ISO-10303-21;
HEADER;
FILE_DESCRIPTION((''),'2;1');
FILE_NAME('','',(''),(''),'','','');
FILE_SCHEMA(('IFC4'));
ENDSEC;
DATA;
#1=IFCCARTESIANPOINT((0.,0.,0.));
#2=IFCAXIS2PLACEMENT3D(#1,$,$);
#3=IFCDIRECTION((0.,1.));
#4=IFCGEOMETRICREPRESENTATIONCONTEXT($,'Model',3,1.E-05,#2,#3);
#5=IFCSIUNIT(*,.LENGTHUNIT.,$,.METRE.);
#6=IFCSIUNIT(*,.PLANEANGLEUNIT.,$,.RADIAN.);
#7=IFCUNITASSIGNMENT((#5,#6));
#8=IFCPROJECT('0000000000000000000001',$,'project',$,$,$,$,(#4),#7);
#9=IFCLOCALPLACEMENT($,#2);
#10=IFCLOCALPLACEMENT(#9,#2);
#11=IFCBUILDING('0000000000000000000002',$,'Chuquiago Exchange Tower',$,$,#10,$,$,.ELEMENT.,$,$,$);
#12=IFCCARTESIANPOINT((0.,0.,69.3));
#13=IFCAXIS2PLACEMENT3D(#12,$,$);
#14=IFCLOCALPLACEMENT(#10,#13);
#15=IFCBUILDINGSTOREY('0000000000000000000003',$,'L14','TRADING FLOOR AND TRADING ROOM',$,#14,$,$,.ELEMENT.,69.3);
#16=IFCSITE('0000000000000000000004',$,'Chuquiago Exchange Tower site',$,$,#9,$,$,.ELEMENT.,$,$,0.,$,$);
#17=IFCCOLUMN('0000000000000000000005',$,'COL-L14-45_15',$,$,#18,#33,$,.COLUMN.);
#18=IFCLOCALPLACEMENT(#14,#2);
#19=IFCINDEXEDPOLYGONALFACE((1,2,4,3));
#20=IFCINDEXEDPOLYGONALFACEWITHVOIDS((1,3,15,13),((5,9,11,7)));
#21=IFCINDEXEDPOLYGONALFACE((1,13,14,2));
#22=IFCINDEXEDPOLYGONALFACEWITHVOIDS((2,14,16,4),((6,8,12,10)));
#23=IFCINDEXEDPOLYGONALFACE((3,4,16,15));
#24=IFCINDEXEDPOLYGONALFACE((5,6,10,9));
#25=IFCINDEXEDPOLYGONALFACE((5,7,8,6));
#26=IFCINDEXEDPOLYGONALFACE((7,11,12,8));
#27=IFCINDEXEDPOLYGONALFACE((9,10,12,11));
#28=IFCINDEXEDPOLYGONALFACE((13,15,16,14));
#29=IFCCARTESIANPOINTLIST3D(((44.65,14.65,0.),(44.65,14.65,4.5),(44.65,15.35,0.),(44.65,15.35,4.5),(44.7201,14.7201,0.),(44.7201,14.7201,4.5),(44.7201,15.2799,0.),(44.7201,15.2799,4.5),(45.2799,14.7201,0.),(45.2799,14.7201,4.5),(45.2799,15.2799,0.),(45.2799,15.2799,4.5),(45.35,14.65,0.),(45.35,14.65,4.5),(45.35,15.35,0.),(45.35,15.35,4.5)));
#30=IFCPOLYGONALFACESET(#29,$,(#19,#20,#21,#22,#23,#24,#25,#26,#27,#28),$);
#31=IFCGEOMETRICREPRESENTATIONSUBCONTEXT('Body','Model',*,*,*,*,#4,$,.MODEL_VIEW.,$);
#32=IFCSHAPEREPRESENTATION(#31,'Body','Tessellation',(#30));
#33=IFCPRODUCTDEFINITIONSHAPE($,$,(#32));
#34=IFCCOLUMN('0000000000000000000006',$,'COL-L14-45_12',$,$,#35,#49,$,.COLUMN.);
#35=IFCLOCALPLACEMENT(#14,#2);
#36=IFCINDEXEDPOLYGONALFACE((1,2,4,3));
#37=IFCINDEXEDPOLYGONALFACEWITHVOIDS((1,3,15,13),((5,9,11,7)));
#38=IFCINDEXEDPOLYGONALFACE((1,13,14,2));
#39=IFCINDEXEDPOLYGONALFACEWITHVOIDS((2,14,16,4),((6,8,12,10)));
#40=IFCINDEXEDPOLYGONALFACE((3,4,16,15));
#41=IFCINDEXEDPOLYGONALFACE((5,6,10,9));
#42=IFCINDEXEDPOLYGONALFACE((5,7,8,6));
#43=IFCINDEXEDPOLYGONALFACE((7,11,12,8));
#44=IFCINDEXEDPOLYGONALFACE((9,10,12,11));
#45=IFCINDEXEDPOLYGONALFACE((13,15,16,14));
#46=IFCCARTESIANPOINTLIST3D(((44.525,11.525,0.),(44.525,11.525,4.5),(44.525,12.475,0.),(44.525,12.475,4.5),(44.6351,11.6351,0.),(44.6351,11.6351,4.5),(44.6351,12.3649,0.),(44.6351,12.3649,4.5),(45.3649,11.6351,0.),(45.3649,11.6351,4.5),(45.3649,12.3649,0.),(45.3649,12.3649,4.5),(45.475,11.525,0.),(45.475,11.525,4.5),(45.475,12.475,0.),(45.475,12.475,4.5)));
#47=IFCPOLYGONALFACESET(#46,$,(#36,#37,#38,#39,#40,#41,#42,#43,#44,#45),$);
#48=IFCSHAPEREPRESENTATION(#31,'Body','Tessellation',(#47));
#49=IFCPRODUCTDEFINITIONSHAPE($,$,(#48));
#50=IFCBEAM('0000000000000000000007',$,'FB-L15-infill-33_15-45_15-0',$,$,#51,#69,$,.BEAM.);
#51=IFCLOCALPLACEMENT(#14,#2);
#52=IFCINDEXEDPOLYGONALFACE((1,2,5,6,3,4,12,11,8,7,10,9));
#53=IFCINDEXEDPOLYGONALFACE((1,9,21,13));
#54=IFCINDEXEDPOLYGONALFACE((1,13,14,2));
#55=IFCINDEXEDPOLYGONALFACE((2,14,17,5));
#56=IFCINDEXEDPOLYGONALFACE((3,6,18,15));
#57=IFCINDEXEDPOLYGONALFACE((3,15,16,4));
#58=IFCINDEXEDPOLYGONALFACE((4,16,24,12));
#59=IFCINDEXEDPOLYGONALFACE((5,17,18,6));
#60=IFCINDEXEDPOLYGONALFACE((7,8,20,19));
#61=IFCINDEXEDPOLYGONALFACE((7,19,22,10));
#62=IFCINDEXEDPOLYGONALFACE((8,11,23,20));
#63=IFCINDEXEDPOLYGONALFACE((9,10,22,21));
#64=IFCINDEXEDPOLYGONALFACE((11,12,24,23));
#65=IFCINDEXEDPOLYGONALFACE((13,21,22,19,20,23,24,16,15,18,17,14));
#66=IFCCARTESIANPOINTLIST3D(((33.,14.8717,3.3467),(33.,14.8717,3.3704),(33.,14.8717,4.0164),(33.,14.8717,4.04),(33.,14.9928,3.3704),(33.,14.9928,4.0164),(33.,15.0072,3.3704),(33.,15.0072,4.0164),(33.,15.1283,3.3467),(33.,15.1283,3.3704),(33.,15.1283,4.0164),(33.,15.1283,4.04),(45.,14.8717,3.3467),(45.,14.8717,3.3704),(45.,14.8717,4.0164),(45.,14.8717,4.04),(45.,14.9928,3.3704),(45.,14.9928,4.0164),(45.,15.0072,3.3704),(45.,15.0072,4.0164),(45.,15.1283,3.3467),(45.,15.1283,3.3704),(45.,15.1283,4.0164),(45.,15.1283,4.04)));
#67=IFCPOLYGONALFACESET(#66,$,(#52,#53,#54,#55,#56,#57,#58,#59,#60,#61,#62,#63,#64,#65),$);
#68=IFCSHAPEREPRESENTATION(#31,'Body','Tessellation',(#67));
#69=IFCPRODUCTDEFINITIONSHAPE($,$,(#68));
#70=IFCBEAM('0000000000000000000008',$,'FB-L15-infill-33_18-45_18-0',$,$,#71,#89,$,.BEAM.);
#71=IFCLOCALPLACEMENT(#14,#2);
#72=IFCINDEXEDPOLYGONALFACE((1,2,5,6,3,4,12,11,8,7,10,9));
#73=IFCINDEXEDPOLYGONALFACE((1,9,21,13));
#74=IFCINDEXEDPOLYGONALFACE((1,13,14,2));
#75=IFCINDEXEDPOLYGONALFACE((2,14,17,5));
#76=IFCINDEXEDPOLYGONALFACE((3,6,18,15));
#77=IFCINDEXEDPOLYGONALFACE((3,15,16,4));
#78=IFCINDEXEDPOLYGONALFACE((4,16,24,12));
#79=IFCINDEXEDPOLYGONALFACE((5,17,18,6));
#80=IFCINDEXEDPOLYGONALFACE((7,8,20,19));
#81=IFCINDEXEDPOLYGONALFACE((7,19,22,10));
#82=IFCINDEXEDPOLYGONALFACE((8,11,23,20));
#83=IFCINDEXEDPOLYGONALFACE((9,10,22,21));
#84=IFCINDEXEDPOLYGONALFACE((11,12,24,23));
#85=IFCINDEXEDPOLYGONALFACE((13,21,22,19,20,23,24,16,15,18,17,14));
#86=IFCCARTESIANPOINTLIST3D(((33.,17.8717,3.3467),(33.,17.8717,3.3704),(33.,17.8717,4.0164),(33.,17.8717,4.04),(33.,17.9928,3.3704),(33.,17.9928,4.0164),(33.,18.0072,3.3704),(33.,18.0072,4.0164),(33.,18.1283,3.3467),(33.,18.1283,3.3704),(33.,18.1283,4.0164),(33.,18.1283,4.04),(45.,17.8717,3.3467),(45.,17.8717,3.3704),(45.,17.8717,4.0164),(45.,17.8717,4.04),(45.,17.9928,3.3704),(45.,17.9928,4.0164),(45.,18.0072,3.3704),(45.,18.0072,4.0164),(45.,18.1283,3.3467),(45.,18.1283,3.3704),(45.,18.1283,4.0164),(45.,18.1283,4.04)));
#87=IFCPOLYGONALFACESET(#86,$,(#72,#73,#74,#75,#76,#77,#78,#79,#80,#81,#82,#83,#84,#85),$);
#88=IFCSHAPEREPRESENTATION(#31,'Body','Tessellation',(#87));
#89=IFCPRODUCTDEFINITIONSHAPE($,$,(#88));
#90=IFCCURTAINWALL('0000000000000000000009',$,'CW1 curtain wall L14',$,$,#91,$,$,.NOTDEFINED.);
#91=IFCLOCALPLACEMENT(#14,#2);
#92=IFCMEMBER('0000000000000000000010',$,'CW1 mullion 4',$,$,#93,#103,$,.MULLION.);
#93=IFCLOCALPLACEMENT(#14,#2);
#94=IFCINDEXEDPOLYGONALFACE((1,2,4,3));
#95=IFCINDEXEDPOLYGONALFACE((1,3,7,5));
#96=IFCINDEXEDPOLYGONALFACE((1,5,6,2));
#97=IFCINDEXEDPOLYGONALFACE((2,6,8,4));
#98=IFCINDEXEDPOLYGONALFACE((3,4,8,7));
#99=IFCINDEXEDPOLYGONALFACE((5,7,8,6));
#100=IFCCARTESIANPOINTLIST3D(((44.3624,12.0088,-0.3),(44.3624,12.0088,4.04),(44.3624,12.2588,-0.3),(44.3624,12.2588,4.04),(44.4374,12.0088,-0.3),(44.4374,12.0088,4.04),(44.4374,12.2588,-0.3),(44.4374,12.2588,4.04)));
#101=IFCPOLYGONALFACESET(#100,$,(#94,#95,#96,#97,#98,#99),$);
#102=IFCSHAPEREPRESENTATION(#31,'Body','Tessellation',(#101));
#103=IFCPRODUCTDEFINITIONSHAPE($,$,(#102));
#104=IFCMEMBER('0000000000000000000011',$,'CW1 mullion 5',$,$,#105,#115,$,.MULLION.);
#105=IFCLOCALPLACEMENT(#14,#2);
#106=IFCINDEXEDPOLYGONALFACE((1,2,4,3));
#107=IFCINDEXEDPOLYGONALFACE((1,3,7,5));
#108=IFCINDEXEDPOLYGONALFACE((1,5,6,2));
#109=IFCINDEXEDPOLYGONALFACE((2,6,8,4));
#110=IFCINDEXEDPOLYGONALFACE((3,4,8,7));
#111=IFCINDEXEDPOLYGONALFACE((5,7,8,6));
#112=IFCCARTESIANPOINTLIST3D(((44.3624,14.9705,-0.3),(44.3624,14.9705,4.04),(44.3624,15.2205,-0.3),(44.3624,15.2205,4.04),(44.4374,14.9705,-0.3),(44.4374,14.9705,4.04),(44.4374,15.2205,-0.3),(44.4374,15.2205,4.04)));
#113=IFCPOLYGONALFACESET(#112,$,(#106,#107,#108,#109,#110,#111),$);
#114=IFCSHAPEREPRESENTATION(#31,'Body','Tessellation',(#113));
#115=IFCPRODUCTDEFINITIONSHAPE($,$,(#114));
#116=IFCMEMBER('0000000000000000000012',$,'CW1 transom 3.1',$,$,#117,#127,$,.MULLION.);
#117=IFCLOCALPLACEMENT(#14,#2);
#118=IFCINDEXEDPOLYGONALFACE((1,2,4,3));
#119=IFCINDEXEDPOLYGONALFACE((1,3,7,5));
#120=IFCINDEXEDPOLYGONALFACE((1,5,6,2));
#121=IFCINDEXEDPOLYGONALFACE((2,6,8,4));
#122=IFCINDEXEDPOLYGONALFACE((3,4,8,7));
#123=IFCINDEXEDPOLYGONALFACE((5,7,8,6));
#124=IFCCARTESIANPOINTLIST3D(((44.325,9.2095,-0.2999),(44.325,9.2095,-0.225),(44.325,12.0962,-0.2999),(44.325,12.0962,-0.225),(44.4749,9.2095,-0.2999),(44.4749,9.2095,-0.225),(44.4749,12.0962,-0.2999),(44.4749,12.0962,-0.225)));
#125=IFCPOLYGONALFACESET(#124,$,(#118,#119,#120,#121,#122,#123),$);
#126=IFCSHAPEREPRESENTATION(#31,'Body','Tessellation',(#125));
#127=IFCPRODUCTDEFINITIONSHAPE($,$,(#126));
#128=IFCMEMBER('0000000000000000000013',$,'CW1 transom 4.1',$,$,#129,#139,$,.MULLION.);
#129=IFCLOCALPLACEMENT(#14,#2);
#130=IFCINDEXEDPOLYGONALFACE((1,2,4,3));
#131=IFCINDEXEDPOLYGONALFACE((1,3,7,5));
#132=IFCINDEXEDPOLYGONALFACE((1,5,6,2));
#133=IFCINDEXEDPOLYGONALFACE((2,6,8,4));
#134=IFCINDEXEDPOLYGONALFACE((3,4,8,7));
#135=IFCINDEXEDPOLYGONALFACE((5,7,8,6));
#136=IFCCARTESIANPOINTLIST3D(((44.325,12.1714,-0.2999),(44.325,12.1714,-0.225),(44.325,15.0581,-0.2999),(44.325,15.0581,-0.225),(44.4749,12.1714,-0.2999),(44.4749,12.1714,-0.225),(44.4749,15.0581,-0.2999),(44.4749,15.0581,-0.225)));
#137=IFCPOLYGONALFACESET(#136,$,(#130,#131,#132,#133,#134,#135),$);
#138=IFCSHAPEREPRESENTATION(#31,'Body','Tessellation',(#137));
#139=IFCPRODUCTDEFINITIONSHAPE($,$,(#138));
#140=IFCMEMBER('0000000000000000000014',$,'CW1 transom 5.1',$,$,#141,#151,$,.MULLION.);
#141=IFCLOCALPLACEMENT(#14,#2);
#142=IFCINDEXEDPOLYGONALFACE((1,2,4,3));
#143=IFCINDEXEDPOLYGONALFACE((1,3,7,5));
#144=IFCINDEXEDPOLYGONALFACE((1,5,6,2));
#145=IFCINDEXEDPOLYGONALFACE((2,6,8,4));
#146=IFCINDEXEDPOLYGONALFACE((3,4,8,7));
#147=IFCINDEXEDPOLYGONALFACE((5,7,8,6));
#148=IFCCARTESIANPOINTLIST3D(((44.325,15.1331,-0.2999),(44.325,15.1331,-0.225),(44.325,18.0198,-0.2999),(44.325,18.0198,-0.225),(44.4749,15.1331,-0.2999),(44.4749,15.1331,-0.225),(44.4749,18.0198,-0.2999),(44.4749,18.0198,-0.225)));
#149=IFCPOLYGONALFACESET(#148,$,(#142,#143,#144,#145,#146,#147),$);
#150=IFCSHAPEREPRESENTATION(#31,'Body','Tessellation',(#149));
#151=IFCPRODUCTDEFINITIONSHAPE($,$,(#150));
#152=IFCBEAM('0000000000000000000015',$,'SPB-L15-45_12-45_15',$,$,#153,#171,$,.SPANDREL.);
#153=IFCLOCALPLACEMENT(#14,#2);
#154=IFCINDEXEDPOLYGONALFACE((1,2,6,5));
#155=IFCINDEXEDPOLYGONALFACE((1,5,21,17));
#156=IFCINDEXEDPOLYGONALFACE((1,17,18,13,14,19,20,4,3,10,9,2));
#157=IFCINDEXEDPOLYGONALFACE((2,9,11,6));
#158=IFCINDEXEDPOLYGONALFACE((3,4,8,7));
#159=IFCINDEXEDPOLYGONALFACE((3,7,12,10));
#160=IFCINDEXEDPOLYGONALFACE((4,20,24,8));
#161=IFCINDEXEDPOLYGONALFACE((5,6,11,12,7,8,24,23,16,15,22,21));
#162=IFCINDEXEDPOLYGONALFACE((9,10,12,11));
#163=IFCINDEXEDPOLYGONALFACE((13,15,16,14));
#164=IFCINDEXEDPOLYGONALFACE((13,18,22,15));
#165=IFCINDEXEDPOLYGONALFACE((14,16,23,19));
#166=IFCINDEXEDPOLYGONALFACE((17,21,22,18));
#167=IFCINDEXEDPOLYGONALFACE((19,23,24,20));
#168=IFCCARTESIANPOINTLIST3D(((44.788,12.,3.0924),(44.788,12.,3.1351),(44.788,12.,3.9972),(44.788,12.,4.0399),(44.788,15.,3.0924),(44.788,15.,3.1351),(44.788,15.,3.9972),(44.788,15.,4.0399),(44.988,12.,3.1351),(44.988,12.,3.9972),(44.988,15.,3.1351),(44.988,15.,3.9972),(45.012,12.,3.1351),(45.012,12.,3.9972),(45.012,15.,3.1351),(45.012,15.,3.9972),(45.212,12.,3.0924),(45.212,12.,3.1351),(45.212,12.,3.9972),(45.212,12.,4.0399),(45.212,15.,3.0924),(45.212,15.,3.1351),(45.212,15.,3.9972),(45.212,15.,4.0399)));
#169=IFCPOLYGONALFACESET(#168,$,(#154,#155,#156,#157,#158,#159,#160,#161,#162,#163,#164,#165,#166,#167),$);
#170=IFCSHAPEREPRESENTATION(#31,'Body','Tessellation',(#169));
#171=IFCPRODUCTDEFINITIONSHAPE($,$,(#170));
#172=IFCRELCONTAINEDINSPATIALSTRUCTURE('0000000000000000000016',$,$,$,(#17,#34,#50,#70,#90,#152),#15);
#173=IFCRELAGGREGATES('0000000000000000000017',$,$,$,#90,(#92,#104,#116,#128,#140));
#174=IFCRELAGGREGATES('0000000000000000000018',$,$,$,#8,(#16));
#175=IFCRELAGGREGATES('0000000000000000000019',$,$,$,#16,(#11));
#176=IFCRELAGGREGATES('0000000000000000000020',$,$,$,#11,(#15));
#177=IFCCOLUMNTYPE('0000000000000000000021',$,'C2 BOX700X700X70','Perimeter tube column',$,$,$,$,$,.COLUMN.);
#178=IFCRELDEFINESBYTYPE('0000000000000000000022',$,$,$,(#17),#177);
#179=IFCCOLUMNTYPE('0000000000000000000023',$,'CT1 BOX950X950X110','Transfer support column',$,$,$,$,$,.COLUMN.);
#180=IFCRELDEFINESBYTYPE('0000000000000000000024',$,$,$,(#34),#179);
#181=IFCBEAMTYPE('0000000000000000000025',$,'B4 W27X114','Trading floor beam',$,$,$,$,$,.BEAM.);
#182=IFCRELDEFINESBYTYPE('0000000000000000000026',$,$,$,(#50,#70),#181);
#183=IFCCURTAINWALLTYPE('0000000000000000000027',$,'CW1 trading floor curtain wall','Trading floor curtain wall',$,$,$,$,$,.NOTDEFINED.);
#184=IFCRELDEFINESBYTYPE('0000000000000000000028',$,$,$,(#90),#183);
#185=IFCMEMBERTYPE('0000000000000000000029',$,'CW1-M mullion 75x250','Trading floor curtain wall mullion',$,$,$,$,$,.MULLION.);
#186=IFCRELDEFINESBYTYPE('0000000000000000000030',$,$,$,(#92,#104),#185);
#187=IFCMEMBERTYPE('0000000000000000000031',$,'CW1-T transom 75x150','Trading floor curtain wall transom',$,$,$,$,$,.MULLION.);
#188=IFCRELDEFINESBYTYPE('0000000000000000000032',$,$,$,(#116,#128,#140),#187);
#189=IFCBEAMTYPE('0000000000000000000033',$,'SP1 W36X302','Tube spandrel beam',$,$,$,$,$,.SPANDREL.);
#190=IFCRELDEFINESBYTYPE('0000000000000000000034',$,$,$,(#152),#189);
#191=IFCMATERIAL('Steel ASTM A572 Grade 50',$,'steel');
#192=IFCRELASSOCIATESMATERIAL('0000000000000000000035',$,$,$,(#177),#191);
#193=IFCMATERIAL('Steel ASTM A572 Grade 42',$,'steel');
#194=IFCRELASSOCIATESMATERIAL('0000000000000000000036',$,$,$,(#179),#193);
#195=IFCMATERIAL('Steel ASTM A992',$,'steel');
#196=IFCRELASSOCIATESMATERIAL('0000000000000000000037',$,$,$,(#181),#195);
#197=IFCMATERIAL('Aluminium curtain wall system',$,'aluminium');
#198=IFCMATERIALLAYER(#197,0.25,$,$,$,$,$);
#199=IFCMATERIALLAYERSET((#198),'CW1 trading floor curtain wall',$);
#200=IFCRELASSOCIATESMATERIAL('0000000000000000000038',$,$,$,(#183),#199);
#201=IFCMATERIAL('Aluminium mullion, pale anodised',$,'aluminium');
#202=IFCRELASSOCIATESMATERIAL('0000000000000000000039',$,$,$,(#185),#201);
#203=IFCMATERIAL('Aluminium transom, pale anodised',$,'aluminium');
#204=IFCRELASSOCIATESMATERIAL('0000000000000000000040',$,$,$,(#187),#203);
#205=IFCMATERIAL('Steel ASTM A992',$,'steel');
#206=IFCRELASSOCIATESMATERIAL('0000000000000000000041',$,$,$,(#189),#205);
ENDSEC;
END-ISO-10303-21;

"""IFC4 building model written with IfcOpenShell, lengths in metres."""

from ifc_helpers import new_model, si_unit, direction, frame, origin, origin_2d, place, context, subcontext, project, spatial, rectangle, hollow_rectangle, i_section, extrude, material, layer, layer_set, material_profile, profile_set, type_object, element, aggregate, save


model = new_model("IFC4")

# Units and contexts
model_context = context("Model", 3, precision=1e-05, world=origin(), true_north=direction((0.0, 1.0)))
body_context = subcontext(model_context, "Body", "Model", "MODEL_VIEW")
ifc_project = project(units=[si_unit("LENGTHUNIT", "METRE"), si_unit("PLANEANGLEUNIT", "RADIAN")], contexts=[model_context])

# Site, building, storey
site_placement = place(None, origin())
site = spatial("IfcSite", under=ifc_project, at=site_placement, Name="Chuquiago Exchange Tower site", CompositionType="ELEMENT", RefElevation=0.0)
building_placement = place(site_placement, origin())
building = spatial("IfcBuilding", under=site, at=building_placement, Name="Chuquiago Exchange Tower", CompositionType="ELEMENT")
storey_placement = place(building_placement, frame((0.0, 0.0, 69.3)))
storey = spatial("IfcBuildingStorey", under=building, at=storey_placement, Name="L14", Description="TRADING FLOOR AND TRADING ROOM", CompositionType="ELEMENT", Elevation=69.3)

# Columns
ifc_material_1 = material(Name="Steel ASTM A572 Grade 50", Category="steel")
ifc_material_profile_1 = material_profile(ifc_material_1, hollow_rectangle(XDim=0.7, YDim=0.7, WallThickness=0.0701, at=origin_2d()), Name="BOX700X700X70")
ifc_profile_set_1 = profile_set([ifc_material_profile_1], Name="Steel ASTM A572 Grade 50")
column_type_1 = type_object("IfcColumnType", Name="C2 BOX700X700X70", Description="Perimeter tube column", PredefinedType="COLUMN", material=ifc_profile_set_1)
column_1_placement = place(storey_placement, frame((45.0, 15.0, 0.0), z_axis=(0.0, 0.0, 1.0), x_axis=(1.0, 0.0, 0.0)))
element("IfcColumn", 1, at=column_1_placement, inside=storey, type_object=column_type_1, Name="COL-L14-45_15", PredefinedType="COLUMN", context=body_context, shape_type="SweptSolid", body=[
    extrude(hollow_rectangle(XDim=0.7, YDim=0.7, WallThickness=0.0701, at=origin_2d()), origin(), (0.0, 0.0, 1.0), 4.5),
])
ifc_material_2 = material(Name="Steel ASTM A572 Grade 42", Category="steel")
ifc_material_profile_2 = material_profile(ifc_material_2, hollow_rectangle(XDim=0.95, YDim=0.95, WallThickness=0.1101, at=origin_2d()), Name="BOX950X950X110")
ifc_profile_set_2 = profile_set([ifc_material_profile_2], Name="Steel ASTM A572 Grade 42")
column_type_2 = type_object("IfcColumnType", Name="CT1 BOX950X950X110", Description="Transfer support column", PredefinedType="COLUMN", material=ifc_profile_set_2)
column_2_placement = place(storey_placement, frame((45.0, 12.0, 0.0), z_axis=(0.0, 0.0, 1.0), x_axis=(1.0, 0.0, 0.0)))
element("IfcColumn", 2, at=column_2_placement, inside=storey, type_object=column_type_2, Name="COL-L14-45_12", PredefinedType="COLUMN", context=body_context, shape_type="SweptSolid", body=[
    extrude(hollow_rectangle(XDim=0.95, YDim=0.95, WallThickness=0.1101, at=origin_2d()), origin(), (0.0, 0.0, 1.0), 4.5),
])

# Beams
ifc_material_3 = material(Name="Steel ASTM A992", Category="steel")
ifc_material_profile_3 = material_profile(ifc_material_3, i_section(OverallWidth=0.2566, OverallDepth=0.6934, WebThickness=0.0144, FlangeThickness=0.0237, at=origin_2d()), Name="W27X114")
ifc_profile_set_3 = profile_set([ifc_material_profile_3], Name="Steel ASTM A992")
beam_type_1 = type_object("IfcBeamType", Name="B4 W27X114", Description="Trading floor beam", PredefinedType="BEAM", material=ifc_profile_set_3)
for number, where, z_axis, x_axis, name in (
    (3, (33.0, 15.0, 3.6934), (1.0, 0.0, 0.0), (0.0, 1.0, 0.0), "FB-L15-infill-33_15-45_15-0"),
    (4, (33.0, 18.0, 3.6934), (1.0, 0.0, 0.0), (0.0, 1.0, 0.0), "FB-L15-infill-33_18-45_18-0"),
):
    element("IfcBeam", number, at=place(storey_placement, frame(where, z_axis=z_axis, x_axis=x_axis)), inside=storey, type_object=beam_type_1, Name=name, PredefinedType="BEAM", context=body_context, shape_type="SweptSolid", body=[
        extrude(i_section(OverallWidth=0.2566, OverallDepth=0.6934, WebThickness=0.0144, FlangeThickness=0.0237, at=origin_2d()), origin(), (0.0, 0.0, 1.0), 12.0),
    ])

# Curtain wall, members
ifc_material_4 = material(Name="Aluminium curtain wall system", Category="aluminium")
ifc_layer_1 = layer(ifc_material_4, 0.25)
ifc_layer_set_1 = layer_set([ifc_layer_1], Name="CW1 trading floor curtain wall")
curtain_wall_type = type_object("IfcCurtainWallType", Name="CW1 trading floor curtain wall", Description="Trading floor curtain wall", PredefinedType="NOTDEFINED", material=ifc_layer_set_1)
curtain_wall_placement = place(storey_placement, origin())
curtain_wall = element("IfcCurtainWall", 5, at=curtain_wall_placement, inside=storey, type_object=curtain_wall_type, Name="CW1 curtain wall L14", PredefinedType="NOTDEFINED")
ifc_material_5 = material(Name="Aluminium mullion, pale anodised", Category="aluminium")
ifc_material_profile_4 = material_profile(ifc_material_5, rectangle(XDim=0.075, YDim=0.25, at=origin_2d()), Name="AL 75x250")
ifc_profile_set_4 = profile_set([ifc_material_profile_4], Name="Aluminium mullion, pale anodised")
member_type_1 = type_object("IfcMemberType", Name="CW1-M mullion 75x250", Description="Trading floor curtain wall mullion", PredefinedType="MULLION", material=ifc_profile_set_4)
member_1_placement = place(storey_placement, frame((44.3999, 12.1338, -0.3), z_axis=(0.0, 0.0, 1.0), x_axis=(-1.0, 0.0, 0.0)))
member_1 = element("IfcMember", 6, at=member_1_placement, type_object=member_type_1, Name="CW1 mullion 4", PredefinedType="MULLION", context=body_context, shape_type="SweptSolid", body=[
    extrude(rectangle(XDim=0.075, YDim=0.25, at=origin_2d()), origin(), (0.0, 0.0, 1.0), 4.3401),
])
member_2_placement = place(storey_placement, frame((44.3999, 15.0955, -0.3), z_axis=(0.0, 0.0, 1.0), x_axis=(-1.0, 0.0, 0.0)))
member_2 = element("IfcMember", 7, at=member_2_placement, type_object=member_type_1, Name="CW1 mullion 5", PredefinedType="MULLION", context=body_context, shape_type="SweptSolid", body=[
    extrude(rectangle(XDim=0.075, YDim=0.25, at=origin_2d()), origin(), (0.0, 0.0, 1.0), 4.3401),
])
ifc_material_6 = material(Name="Aluminium transom, pale anodised", Category="aluminium")
ifc_material_profile_5 = material_profile(ifc_material_6, rectangle(XDim=0.1499, YDim=0.075, at=origin_2d()), Name="AL 150x75")
ifc_profile_set_5 = profile_set([ifc_material_profile_5], Name="Aluminium transom, pale anodised")
member_type_2 = type_object("IfcMemberType", Name="CW1-T transom 75x150", Description="Trading floor curtain wall transom", PredefinedType="MULLION", material=ifc_profile_set_5)
member_3_placement = place(storey_placement, frame((44.3999, 9.2095, -0.2625), z_axis=(0.0, 1.0, 0.0), x_axis=(-1.0, 0.0, 0.0)))
member_3 = element("IfcMember", 8, at=member_3_placement, type_object=member_type_2, Name="CW1 transom 3.1", PredefinedType="MULLION", context=body_context, shape_type="SweptSolid", body=[
    extrude(rectangle(XDim=0.1499, YDim=0.075, at=origin_2d()), origin(), (0.0, 0.0, 1.0), 2.8867),
])
member_4_placement = place(storey_placement, frame((44.3999, 12.1714, -0.2625), z_axis=(0.0, 1.0, 0.0), x_axis=(-1.0, 0.0, 0.0)))
member_4 = element("IfcMember", 9, at=member_4_placement, type_object=member_type_2, Name="CW1 transom 4.1", PredefinedType="MULLION", context=body_context, shape_type="SweptSolid", body=[
    extrude(rectangle(XDim=0.1499, YDim=0.075, at=origin_2d()), origin(), (0.0, 0.0, 1.0), 2.8867),
])
member_5_placement = place(storey_placement, frame((44.3999, 15.1331, -0.2625), z_axis=(0.0, 1.0, 0.0), x_axis=(-1.0, 0.0, 0.0)))
member_5 = element("IfcMember", 10, at=member_5_placement, type_object=member_type_2, Name="CW1 transom 5.1", PredefinedType="MULLION", context=body_context, shape_type="SweptSolid", body=[
    extrude(rectangle(XDim=0.1499, YDim=0.075, at=origin_2d()), origin(), (0.0, 0.0, 1.0), 2.8867),
])

# Beam
ifc_material_7 = material(Name="Steel ASTM A992", Category="steel")
ifc_material_profile_6 = material_profile(ifc_material_7, i_section(OverallWidth=0.4241, OverallDepth=0.9475, WebThickness=0.0239, FlangeThickness=0.0427, at=origin_2d()), Name="W36X302")
ifc_profile_set_6 = profile_set([ifc_material_profile_6], Name="Steel ASTM A992")
beam_type_2 = type_object("IfcBeamType", Name="SP1 W36X302", Description="Tube spandrel beam", PredefinedType="SPANDREL", material=ifc_profile_set_6)
for number, where, z_axis, x_axis, name in (
    (11, (45.0, 12.0, 3.5662), (0.0, 1.0, 0.0), (-1.0, 0.0, 0.0), "SPB-L15-45_12-45_15"),
):
    element("IfcBeam", number, at=place(storey_placement, frame(where, z_axis=z_axis, x_axis=x_axis)), inside=storey, type_object=beam_type_2, Name=name, PredefinedType="SPANDREL", context=body_context, shape_type="SweptSolid", body=[
        extrude(i_section(OverallWidth=0.4241, OverallDepth=0.9475, WebThickness=0.0239, FlangeThickness=0.0427, at=origin_2d()), origin(), (0.0, 0.0, 1.0), 3.0),
    ])

aggregate(curtain_wall, [member_1, member_2, member_3, member_4, member_5])

save(model, "model.ifc")
